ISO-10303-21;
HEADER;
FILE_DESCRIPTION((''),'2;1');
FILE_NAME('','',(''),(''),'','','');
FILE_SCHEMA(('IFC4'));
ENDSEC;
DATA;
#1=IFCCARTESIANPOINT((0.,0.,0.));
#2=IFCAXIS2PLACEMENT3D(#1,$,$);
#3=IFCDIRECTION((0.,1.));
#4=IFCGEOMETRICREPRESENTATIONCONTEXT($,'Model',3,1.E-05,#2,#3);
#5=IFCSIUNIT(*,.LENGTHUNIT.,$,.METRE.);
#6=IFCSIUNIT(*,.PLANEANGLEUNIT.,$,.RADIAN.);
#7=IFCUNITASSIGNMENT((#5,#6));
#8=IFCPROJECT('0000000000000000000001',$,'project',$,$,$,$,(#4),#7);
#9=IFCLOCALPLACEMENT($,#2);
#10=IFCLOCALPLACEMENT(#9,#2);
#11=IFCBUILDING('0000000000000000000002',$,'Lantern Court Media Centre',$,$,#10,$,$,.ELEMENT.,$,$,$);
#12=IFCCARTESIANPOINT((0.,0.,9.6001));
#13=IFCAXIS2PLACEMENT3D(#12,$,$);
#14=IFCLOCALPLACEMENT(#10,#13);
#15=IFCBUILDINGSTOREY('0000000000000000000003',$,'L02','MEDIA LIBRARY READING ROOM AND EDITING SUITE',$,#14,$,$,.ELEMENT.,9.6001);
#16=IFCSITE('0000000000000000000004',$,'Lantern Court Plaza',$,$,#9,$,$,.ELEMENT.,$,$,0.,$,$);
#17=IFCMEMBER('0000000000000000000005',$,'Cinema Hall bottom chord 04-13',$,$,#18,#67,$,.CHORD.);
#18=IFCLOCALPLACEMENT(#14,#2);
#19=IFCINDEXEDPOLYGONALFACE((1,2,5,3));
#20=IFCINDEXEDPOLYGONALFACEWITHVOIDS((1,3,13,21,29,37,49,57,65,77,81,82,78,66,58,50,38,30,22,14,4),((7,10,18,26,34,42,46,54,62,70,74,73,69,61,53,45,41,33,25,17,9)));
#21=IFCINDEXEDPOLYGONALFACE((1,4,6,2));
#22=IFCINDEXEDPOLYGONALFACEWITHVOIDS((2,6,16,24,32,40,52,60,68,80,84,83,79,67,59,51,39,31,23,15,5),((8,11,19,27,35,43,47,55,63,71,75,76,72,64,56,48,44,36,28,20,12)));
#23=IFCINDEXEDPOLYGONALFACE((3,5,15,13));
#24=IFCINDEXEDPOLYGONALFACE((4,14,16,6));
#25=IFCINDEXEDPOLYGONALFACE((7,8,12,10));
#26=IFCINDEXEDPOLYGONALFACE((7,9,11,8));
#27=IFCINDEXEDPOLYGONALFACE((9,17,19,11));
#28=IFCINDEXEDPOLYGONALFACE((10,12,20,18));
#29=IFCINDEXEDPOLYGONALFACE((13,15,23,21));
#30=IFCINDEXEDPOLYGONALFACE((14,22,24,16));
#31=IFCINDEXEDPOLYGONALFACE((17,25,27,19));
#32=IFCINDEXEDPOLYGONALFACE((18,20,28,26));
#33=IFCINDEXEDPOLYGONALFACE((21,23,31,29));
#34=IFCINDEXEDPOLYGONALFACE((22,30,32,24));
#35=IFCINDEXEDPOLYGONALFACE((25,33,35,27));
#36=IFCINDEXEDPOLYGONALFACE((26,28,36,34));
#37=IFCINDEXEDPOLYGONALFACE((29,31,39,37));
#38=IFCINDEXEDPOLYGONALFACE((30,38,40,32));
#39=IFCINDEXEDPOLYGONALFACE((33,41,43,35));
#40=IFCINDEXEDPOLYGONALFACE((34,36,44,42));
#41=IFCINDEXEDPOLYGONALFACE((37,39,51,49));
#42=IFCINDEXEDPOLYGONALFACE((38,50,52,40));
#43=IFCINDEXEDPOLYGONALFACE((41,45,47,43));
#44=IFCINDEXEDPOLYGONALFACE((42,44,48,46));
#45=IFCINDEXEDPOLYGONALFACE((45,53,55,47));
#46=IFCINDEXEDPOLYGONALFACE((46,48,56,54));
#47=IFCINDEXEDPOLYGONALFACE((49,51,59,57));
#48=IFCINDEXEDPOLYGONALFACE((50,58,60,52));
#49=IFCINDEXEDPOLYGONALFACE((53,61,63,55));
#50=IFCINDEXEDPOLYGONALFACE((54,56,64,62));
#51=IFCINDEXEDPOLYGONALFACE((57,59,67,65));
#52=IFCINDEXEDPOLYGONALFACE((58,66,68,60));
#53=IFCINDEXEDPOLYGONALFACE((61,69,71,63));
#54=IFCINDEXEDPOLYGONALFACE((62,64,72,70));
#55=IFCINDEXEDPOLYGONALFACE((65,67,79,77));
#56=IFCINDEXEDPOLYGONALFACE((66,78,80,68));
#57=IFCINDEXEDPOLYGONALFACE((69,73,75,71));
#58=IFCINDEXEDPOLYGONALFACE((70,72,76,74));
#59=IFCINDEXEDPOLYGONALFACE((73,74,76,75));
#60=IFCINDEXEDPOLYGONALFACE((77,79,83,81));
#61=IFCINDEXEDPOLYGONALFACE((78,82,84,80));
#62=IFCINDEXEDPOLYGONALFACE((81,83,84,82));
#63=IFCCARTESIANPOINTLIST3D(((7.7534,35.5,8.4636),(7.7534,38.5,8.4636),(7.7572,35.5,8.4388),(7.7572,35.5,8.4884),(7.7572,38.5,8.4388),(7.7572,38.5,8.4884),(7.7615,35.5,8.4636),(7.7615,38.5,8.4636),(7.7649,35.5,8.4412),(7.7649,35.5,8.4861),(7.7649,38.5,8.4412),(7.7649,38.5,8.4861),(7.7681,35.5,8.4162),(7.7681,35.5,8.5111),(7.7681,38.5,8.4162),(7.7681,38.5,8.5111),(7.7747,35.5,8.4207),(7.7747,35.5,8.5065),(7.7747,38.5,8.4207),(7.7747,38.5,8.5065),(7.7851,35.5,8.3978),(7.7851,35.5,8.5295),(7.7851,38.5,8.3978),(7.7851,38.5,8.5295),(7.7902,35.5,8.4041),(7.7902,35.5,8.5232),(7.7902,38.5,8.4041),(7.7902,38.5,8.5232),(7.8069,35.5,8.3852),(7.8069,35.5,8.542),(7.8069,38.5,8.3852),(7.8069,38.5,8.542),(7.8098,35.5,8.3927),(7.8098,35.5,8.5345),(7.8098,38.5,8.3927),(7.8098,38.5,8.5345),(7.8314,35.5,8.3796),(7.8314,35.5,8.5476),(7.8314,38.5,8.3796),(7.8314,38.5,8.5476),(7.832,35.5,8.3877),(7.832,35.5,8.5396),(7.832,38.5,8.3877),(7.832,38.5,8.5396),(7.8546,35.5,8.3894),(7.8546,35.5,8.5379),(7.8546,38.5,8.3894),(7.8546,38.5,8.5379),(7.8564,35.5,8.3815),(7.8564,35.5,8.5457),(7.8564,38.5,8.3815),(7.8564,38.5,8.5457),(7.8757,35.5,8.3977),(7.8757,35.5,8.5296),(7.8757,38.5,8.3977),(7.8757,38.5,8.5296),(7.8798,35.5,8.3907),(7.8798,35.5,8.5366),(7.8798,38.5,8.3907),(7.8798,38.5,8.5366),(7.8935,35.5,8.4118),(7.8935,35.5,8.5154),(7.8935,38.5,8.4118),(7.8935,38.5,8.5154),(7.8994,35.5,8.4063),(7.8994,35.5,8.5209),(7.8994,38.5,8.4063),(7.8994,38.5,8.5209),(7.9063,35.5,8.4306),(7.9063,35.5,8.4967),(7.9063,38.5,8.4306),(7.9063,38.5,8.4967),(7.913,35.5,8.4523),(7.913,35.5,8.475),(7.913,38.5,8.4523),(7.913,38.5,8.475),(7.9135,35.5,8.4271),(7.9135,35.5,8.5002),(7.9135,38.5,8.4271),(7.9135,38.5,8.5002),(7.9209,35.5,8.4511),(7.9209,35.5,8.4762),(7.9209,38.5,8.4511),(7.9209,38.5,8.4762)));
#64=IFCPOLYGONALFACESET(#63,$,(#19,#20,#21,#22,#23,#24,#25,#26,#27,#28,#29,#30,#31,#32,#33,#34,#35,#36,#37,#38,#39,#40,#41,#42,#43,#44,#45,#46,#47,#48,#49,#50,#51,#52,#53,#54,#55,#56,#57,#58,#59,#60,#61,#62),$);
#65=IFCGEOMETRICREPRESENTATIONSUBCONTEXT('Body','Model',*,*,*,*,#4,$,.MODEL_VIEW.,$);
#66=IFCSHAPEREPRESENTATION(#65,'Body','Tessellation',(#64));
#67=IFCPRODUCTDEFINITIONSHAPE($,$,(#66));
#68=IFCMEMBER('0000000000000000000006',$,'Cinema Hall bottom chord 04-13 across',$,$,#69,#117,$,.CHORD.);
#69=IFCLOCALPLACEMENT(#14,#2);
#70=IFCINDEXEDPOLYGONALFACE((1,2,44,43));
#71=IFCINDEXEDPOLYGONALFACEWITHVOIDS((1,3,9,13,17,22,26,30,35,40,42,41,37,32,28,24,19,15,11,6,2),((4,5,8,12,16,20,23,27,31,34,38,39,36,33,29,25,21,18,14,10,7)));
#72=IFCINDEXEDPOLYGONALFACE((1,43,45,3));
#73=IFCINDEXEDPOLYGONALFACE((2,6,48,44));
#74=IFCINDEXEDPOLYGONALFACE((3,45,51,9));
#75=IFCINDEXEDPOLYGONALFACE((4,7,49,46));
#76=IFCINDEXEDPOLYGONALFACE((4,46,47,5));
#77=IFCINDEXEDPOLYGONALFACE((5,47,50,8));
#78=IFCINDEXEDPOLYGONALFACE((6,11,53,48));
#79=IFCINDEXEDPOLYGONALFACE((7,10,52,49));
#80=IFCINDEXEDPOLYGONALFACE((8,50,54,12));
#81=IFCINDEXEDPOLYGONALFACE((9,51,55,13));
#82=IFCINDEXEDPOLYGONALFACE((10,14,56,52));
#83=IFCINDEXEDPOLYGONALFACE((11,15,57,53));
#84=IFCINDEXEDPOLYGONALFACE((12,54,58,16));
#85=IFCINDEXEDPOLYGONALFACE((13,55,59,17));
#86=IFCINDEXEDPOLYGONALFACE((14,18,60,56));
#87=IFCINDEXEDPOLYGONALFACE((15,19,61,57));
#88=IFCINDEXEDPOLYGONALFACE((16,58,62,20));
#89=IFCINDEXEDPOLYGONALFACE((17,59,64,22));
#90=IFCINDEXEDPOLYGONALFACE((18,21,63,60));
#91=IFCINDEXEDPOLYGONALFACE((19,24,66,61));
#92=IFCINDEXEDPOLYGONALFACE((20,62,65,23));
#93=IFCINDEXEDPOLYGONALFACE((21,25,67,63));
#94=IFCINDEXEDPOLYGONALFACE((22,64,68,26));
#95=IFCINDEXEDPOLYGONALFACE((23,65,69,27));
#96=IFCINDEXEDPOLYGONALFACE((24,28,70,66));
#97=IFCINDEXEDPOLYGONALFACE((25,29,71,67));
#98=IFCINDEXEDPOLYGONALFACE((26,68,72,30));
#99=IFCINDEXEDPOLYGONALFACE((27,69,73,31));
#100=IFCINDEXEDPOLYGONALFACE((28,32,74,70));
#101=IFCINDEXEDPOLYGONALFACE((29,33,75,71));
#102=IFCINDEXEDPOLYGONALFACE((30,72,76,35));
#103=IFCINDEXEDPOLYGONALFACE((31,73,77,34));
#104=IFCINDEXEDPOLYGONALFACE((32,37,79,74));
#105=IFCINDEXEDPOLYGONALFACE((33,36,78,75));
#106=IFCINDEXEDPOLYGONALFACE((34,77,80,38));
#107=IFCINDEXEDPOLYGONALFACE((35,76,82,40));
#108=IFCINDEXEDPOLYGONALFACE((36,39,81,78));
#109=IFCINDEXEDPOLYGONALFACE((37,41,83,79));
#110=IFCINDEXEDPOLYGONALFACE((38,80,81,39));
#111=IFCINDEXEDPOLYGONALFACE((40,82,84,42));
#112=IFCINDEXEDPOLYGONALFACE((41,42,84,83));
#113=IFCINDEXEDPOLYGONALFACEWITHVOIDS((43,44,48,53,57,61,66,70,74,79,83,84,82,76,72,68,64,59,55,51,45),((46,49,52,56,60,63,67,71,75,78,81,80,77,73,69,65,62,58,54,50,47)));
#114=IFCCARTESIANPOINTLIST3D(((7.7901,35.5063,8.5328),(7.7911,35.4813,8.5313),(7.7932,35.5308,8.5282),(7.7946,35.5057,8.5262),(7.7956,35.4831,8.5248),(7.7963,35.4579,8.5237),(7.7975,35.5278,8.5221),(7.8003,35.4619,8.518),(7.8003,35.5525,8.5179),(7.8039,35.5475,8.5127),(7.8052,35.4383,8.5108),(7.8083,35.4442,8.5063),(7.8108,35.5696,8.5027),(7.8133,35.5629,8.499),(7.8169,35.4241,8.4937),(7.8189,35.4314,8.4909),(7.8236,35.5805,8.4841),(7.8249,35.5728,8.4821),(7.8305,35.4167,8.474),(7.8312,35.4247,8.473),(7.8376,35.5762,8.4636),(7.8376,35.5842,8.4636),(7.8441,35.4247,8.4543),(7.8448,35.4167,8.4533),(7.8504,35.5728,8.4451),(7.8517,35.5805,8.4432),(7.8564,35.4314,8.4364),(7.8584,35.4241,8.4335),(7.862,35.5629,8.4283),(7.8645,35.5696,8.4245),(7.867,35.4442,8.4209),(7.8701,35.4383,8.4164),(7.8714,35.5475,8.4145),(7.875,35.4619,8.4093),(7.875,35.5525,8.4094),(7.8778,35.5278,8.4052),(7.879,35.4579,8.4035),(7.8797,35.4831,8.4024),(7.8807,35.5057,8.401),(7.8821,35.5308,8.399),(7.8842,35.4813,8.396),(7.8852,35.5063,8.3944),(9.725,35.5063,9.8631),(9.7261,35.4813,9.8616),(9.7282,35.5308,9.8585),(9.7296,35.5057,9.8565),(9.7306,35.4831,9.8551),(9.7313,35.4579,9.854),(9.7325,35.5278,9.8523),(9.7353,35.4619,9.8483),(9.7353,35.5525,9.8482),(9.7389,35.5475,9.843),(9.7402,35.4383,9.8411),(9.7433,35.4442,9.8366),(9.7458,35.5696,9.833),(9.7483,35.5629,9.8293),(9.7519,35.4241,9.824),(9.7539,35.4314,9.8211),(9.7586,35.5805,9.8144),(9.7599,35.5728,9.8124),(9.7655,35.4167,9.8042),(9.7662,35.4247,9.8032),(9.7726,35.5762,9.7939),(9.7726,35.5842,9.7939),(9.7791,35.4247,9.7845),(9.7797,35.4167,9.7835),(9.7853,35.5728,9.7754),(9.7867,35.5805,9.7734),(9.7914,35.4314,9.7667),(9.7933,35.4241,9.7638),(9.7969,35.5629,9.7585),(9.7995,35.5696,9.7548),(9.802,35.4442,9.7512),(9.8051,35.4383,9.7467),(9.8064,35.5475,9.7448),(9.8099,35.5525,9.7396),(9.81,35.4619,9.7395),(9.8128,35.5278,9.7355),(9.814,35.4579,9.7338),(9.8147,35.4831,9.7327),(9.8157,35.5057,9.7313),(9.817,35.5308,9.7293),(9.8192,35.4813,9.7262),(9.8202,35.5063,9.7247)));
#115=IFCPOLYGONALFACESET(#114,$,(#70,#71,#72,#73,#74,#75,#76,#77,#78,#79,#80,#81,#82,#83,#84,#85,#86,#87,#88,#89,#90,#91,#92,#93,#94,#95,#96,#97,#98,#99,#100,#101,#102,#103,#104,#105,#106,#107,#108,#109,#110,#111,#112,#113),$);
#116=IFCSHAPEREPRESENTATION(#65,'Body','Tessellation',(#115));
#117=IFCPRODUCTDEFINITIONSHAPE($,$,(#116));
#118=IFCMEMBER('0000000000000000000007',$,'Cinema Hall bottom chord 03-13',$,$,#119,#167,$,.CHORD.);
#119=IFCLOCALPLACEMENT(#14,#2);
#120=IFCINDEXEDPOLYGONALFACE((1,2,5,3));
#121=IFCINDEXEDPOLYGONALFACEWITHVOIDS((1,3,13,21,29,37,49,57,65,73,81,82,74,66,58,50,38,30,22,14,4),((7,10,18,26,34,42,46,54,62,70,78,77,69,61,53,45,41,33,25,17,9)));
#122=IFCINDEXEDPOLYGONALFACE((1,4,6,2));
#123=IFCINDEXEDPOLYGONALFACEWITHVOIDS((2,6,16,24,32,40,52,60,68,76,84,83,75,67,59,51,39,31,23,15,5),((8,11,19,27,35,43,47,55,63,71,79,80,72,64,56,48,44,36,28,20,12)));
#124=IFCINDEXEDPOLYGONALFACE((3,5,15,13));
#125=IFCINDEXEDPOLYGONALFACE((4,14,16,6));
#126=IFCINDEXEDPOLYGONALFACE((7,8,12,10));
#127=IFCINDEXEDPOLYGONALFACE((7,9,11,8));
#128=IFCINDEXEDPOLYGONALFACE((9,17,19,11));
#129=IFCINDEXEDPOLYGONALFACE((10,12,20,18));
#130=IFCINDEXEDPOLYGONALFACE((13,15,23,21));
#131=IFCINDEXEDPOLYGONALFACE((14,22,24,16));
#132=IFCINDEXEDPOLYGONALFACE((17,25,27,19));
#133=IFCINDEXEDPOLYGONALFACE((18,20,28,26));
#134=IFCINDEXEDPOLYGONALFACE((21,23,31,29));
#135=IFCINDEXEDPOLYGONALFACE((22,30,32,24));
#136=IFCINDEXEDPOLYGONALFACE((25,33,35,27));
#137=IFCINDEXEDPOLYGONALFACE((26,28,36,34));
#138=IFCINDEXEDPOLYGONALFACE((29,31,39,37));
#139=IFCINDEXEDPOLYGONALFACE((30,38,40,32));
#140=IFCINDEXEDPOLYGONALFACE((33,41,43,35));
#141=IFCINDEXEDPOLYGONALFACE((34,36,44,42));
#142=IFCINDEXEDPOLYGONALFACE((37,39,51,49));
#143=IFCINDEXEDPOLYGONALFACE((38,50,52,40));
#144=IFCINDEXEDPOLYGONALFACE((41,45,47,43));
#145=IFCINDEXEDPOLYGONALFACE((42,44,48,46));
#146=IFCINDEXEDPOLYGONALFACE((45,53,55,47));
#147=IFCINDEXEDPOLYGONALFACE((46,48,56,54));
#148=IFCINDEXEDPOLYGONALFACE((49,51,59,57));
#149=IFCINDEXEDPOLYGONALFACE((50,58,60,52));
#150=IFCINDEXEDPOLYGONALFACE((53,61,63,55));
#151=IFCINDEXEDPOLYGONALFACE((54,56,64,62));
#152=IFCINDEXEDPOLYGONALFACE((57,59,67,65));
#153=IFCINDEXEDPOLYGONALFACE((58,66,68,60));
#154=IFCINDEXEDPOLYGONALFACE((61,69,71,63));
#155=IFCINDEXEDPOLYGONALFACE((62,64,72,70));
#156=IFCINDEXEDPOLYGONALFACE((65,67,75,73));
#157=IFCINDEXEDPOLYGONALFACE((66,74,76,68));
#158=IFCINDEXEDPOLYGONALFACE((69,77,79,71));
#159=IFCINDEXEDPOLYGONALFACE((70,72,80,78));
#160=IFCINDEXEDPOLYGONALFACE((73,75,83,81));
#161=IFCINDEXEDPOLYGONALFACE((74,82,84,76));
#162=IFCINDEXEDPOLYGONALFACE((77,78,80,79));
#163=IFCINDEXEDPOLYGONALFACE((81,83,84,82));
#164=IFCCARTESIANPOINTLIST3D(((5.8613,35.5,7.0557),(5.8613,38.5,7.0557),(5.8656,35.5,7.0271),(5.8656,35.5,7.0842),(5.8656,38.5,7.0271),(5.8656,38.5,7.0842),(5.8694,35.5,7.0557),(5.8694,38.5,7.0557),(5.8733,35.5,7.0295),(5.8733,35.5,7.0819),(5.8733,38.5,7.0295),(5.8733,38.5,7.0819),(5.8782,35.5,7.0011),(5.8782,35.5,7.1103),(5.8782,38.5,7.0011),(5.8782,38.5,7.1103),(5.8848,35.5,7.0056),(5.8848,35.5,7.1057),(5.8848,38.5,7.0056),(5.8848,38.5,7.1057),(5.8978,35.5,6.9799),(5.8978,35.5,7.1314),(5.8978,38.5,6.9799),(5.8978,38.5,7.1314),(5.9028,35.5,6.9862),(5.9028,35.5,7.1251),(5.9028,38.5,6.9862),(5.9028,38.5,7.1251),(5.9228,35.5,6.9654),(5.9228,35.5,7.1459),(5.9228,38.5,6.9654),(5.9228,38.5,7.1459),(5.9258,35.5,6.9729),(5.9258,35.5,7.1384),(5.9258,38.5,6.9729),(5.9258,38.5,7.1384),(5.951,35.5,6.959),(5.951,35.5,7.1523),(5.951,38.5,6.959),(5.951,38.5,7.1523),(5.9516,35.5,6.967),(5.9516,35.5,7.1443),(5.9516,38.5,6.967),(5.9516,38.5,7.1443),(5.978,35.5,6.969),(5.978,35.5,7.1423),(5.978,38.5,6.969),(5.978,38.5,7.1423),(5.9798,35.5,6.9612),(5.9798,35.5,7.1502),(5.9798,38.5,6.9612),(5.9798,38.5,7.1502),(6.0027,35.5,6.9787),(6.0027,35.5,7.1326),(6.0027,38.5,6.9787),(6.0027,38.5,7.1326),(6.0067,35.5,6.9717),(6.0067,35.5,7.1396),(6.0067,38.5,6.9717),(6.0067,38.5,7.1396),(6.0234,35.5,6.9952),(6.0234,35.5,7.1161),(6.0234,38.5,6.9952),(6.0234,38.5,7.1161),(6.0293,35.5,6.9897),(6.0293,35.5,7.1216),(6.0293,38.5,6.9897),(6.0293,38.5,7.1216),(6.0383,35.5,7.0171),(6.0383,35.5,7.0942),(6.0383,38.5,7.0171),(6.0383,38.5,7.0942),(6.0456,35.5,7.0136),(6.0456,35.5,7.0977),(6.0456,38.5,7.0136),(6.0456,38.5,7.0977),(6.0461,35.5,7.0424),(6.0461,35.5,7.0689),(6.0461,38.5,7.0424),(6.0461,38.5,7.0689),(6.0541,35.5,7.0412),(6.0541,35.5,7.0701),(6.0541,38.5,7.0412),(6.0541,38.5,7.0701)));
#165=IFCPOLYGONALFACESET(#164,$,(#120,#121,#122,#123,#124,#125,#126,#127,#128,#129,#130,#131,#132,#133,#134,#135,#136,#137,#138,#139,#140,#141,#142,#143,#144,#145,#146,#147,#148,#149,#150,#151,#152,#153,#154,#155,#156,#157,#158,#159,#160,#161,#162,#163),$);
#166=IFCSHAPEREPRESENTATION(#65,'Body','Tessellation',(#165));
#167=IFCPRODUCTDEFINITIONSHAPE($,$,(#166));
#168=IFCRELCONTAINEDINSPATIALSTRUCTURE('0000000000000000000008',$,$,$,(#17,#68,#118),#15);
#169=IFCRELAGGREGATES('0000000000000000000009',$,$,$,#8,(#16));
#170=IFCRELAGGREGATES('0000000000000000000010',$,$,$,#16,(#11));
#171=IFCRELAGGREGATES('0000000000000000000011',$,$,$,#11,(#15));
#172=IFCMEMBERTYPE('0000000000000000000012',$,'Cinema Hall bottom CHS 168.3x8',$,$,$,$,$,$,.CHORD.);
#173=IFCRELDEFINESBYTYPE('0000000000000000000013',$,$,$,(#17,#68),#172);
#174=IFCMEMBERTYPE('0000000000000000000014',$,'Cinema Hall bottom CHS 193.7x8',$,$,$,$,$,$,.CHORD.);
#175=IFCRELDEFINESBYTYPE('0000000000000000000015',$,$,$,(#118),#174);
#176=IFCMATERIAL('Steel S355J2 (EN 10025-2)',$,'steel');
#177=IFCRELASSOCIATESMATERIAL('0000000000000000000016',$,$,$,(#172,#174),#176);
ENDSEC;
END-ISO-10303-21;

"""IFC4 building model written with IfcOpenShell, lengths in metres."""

from ifc_helpers import new_model, si_unit, direction, frame, origin, origin_2d, place, context, subcontext, project, spatial, hollow_circle, extrude, material, material_profile, profile_set, type_object, element, save


model = new_model("IFC4")

# Units and contexts
model_context = context("Model", 3, precision=1e-05, world=origin(), true_north=direction((0.0, 1.0)))
body_context = subcontext(model_context, "Body", "Model", "MODEL_VIEW")
ifc_project = project(units=[si_unit("LENGTHUNIT", "METRE"), si_unit("PLANEANGLEUNIT", "RADIAN")], contexts=[model_context])

# Site, building, storey
site_placement = place(None, origin())
site = spatial("IfcSite", under=ifc_project, at=site_placement, Name="Lantern Court Plaza", CompositionType="ELEMENT", RefElevation=0.0)
building_placement = place(site_placement, origin())
building = spatial("IfcBuilding", under=site, at=building_placement, Name="Lantern Court Media Centre", CompositionType="ELEMENT")
storey_placement = place(building_placement, frame((0.0, 0.0, 9.6001)))
storey = spatial("IfcBuildingStorey", under=building, at=storey_placement, Name="L02", Description="MEDIA LIBRARY READING ROOM AND EDITING SUITE", CompositionType="ELEMENT", Elevation=9.6001)

# Members
ifc_material = material(Name="Steel S355J2 (EN 10025-2)", Category="steel")
ifc_material_profile_1 = material_profile(ifc_material, hollow_circle(Radius=0.0842, WallThickness=0.0081, at=origin_2d()), Name="Cinema Hall bottom CHS 168.3x8")
ifc_profile_set_1 = profile_set([ifc_material_profile_1], Name="Steel S355J2 (EN 10025-2)")
member_type_1 = type_object("IfcMemberType", Name="Cinema Hall bottom CHS 168.3x8", PredefinedType="CHORD", material=ifc_profile_set_1)
member_1_placement = place(storey_placement, frame((7.8376, 35.5, 8.4636), z_axis=(0.0, 1.0, 0.0), x_axis=(-1.0, 0.0, 0.0)))
element("IfcMember", 1, at=member_1_placement, inside=storey, type_object=member_type_1, Name="Cinema Hall bottom chord 04-13", PredefinedType="CHORD", context=body_context, shape_type="SweptSolid", body=[
    extrude(hollow_circle(Radius=0.0842, WallThickness=0.0081, at=origin_2d()), origin(), (0.0, 0.0, 1.0), 3.0),
])
member_2_placement = place(storey_placement, frame((7.8376, 35.5, 8.4636), z_axis=(0.824048, 0.0, 0.56652), x_axis=(0.0, 1.0, 0.0)))
element("IfcMember", 2, at=member_2_placement, inside=storey, type_object=member_type_1, Name="Cinema Hall bottom chord 04-13 across", PredefinedType="CHORD", context=body_context, shape_type="SweptSolid", body=[
    extrude(hollow_circle(Radius=0.0842, WallThickness=0.0081, at=origin_2d()), origin(), (0.0, 0.0, 1.0), 2.3481),
])
ifc_material_profile_2 = material_profile(ifc_material, hollow_circle(Radius=0.0969, WallThickness=0.0081, at=origin_2d()), Name="Cinema Hall bottom CHS 193.7x8")
ifc_profile_set_2 = profile_set([ifc_material_profile_2], Name="Steel S355J2 (EN 10025-2)")
member_type_2 = type_object("IfcMemberType", Name="Cinema Hall bottom CHS 193.7x8", PredefinedType="CHORD", material=ifc_profile_set_2)
member_3_placement = place(storey_placement, frame((5.9583, 35.5, 7.0557), z_axis=(0.0, 1.0, 0.0), x_axis=(-1.0, 0.0, 0.0)))
element("IfcMember", 3, at=member_3_placement, inside=storey, type_object=member_type_2, Name="Cinema Hall bottom chord 03-13", PredefinedType="CHORD", context=body_context, shape_type="SweptSolid", body=[
    extrude(hollow_circle(Radius=0.0969, WallThickness=0.0081, at=origin_2d()), origin(), (0.0, 0.0, 1.0), 3.0),
])

save(model, "model.ifc")
